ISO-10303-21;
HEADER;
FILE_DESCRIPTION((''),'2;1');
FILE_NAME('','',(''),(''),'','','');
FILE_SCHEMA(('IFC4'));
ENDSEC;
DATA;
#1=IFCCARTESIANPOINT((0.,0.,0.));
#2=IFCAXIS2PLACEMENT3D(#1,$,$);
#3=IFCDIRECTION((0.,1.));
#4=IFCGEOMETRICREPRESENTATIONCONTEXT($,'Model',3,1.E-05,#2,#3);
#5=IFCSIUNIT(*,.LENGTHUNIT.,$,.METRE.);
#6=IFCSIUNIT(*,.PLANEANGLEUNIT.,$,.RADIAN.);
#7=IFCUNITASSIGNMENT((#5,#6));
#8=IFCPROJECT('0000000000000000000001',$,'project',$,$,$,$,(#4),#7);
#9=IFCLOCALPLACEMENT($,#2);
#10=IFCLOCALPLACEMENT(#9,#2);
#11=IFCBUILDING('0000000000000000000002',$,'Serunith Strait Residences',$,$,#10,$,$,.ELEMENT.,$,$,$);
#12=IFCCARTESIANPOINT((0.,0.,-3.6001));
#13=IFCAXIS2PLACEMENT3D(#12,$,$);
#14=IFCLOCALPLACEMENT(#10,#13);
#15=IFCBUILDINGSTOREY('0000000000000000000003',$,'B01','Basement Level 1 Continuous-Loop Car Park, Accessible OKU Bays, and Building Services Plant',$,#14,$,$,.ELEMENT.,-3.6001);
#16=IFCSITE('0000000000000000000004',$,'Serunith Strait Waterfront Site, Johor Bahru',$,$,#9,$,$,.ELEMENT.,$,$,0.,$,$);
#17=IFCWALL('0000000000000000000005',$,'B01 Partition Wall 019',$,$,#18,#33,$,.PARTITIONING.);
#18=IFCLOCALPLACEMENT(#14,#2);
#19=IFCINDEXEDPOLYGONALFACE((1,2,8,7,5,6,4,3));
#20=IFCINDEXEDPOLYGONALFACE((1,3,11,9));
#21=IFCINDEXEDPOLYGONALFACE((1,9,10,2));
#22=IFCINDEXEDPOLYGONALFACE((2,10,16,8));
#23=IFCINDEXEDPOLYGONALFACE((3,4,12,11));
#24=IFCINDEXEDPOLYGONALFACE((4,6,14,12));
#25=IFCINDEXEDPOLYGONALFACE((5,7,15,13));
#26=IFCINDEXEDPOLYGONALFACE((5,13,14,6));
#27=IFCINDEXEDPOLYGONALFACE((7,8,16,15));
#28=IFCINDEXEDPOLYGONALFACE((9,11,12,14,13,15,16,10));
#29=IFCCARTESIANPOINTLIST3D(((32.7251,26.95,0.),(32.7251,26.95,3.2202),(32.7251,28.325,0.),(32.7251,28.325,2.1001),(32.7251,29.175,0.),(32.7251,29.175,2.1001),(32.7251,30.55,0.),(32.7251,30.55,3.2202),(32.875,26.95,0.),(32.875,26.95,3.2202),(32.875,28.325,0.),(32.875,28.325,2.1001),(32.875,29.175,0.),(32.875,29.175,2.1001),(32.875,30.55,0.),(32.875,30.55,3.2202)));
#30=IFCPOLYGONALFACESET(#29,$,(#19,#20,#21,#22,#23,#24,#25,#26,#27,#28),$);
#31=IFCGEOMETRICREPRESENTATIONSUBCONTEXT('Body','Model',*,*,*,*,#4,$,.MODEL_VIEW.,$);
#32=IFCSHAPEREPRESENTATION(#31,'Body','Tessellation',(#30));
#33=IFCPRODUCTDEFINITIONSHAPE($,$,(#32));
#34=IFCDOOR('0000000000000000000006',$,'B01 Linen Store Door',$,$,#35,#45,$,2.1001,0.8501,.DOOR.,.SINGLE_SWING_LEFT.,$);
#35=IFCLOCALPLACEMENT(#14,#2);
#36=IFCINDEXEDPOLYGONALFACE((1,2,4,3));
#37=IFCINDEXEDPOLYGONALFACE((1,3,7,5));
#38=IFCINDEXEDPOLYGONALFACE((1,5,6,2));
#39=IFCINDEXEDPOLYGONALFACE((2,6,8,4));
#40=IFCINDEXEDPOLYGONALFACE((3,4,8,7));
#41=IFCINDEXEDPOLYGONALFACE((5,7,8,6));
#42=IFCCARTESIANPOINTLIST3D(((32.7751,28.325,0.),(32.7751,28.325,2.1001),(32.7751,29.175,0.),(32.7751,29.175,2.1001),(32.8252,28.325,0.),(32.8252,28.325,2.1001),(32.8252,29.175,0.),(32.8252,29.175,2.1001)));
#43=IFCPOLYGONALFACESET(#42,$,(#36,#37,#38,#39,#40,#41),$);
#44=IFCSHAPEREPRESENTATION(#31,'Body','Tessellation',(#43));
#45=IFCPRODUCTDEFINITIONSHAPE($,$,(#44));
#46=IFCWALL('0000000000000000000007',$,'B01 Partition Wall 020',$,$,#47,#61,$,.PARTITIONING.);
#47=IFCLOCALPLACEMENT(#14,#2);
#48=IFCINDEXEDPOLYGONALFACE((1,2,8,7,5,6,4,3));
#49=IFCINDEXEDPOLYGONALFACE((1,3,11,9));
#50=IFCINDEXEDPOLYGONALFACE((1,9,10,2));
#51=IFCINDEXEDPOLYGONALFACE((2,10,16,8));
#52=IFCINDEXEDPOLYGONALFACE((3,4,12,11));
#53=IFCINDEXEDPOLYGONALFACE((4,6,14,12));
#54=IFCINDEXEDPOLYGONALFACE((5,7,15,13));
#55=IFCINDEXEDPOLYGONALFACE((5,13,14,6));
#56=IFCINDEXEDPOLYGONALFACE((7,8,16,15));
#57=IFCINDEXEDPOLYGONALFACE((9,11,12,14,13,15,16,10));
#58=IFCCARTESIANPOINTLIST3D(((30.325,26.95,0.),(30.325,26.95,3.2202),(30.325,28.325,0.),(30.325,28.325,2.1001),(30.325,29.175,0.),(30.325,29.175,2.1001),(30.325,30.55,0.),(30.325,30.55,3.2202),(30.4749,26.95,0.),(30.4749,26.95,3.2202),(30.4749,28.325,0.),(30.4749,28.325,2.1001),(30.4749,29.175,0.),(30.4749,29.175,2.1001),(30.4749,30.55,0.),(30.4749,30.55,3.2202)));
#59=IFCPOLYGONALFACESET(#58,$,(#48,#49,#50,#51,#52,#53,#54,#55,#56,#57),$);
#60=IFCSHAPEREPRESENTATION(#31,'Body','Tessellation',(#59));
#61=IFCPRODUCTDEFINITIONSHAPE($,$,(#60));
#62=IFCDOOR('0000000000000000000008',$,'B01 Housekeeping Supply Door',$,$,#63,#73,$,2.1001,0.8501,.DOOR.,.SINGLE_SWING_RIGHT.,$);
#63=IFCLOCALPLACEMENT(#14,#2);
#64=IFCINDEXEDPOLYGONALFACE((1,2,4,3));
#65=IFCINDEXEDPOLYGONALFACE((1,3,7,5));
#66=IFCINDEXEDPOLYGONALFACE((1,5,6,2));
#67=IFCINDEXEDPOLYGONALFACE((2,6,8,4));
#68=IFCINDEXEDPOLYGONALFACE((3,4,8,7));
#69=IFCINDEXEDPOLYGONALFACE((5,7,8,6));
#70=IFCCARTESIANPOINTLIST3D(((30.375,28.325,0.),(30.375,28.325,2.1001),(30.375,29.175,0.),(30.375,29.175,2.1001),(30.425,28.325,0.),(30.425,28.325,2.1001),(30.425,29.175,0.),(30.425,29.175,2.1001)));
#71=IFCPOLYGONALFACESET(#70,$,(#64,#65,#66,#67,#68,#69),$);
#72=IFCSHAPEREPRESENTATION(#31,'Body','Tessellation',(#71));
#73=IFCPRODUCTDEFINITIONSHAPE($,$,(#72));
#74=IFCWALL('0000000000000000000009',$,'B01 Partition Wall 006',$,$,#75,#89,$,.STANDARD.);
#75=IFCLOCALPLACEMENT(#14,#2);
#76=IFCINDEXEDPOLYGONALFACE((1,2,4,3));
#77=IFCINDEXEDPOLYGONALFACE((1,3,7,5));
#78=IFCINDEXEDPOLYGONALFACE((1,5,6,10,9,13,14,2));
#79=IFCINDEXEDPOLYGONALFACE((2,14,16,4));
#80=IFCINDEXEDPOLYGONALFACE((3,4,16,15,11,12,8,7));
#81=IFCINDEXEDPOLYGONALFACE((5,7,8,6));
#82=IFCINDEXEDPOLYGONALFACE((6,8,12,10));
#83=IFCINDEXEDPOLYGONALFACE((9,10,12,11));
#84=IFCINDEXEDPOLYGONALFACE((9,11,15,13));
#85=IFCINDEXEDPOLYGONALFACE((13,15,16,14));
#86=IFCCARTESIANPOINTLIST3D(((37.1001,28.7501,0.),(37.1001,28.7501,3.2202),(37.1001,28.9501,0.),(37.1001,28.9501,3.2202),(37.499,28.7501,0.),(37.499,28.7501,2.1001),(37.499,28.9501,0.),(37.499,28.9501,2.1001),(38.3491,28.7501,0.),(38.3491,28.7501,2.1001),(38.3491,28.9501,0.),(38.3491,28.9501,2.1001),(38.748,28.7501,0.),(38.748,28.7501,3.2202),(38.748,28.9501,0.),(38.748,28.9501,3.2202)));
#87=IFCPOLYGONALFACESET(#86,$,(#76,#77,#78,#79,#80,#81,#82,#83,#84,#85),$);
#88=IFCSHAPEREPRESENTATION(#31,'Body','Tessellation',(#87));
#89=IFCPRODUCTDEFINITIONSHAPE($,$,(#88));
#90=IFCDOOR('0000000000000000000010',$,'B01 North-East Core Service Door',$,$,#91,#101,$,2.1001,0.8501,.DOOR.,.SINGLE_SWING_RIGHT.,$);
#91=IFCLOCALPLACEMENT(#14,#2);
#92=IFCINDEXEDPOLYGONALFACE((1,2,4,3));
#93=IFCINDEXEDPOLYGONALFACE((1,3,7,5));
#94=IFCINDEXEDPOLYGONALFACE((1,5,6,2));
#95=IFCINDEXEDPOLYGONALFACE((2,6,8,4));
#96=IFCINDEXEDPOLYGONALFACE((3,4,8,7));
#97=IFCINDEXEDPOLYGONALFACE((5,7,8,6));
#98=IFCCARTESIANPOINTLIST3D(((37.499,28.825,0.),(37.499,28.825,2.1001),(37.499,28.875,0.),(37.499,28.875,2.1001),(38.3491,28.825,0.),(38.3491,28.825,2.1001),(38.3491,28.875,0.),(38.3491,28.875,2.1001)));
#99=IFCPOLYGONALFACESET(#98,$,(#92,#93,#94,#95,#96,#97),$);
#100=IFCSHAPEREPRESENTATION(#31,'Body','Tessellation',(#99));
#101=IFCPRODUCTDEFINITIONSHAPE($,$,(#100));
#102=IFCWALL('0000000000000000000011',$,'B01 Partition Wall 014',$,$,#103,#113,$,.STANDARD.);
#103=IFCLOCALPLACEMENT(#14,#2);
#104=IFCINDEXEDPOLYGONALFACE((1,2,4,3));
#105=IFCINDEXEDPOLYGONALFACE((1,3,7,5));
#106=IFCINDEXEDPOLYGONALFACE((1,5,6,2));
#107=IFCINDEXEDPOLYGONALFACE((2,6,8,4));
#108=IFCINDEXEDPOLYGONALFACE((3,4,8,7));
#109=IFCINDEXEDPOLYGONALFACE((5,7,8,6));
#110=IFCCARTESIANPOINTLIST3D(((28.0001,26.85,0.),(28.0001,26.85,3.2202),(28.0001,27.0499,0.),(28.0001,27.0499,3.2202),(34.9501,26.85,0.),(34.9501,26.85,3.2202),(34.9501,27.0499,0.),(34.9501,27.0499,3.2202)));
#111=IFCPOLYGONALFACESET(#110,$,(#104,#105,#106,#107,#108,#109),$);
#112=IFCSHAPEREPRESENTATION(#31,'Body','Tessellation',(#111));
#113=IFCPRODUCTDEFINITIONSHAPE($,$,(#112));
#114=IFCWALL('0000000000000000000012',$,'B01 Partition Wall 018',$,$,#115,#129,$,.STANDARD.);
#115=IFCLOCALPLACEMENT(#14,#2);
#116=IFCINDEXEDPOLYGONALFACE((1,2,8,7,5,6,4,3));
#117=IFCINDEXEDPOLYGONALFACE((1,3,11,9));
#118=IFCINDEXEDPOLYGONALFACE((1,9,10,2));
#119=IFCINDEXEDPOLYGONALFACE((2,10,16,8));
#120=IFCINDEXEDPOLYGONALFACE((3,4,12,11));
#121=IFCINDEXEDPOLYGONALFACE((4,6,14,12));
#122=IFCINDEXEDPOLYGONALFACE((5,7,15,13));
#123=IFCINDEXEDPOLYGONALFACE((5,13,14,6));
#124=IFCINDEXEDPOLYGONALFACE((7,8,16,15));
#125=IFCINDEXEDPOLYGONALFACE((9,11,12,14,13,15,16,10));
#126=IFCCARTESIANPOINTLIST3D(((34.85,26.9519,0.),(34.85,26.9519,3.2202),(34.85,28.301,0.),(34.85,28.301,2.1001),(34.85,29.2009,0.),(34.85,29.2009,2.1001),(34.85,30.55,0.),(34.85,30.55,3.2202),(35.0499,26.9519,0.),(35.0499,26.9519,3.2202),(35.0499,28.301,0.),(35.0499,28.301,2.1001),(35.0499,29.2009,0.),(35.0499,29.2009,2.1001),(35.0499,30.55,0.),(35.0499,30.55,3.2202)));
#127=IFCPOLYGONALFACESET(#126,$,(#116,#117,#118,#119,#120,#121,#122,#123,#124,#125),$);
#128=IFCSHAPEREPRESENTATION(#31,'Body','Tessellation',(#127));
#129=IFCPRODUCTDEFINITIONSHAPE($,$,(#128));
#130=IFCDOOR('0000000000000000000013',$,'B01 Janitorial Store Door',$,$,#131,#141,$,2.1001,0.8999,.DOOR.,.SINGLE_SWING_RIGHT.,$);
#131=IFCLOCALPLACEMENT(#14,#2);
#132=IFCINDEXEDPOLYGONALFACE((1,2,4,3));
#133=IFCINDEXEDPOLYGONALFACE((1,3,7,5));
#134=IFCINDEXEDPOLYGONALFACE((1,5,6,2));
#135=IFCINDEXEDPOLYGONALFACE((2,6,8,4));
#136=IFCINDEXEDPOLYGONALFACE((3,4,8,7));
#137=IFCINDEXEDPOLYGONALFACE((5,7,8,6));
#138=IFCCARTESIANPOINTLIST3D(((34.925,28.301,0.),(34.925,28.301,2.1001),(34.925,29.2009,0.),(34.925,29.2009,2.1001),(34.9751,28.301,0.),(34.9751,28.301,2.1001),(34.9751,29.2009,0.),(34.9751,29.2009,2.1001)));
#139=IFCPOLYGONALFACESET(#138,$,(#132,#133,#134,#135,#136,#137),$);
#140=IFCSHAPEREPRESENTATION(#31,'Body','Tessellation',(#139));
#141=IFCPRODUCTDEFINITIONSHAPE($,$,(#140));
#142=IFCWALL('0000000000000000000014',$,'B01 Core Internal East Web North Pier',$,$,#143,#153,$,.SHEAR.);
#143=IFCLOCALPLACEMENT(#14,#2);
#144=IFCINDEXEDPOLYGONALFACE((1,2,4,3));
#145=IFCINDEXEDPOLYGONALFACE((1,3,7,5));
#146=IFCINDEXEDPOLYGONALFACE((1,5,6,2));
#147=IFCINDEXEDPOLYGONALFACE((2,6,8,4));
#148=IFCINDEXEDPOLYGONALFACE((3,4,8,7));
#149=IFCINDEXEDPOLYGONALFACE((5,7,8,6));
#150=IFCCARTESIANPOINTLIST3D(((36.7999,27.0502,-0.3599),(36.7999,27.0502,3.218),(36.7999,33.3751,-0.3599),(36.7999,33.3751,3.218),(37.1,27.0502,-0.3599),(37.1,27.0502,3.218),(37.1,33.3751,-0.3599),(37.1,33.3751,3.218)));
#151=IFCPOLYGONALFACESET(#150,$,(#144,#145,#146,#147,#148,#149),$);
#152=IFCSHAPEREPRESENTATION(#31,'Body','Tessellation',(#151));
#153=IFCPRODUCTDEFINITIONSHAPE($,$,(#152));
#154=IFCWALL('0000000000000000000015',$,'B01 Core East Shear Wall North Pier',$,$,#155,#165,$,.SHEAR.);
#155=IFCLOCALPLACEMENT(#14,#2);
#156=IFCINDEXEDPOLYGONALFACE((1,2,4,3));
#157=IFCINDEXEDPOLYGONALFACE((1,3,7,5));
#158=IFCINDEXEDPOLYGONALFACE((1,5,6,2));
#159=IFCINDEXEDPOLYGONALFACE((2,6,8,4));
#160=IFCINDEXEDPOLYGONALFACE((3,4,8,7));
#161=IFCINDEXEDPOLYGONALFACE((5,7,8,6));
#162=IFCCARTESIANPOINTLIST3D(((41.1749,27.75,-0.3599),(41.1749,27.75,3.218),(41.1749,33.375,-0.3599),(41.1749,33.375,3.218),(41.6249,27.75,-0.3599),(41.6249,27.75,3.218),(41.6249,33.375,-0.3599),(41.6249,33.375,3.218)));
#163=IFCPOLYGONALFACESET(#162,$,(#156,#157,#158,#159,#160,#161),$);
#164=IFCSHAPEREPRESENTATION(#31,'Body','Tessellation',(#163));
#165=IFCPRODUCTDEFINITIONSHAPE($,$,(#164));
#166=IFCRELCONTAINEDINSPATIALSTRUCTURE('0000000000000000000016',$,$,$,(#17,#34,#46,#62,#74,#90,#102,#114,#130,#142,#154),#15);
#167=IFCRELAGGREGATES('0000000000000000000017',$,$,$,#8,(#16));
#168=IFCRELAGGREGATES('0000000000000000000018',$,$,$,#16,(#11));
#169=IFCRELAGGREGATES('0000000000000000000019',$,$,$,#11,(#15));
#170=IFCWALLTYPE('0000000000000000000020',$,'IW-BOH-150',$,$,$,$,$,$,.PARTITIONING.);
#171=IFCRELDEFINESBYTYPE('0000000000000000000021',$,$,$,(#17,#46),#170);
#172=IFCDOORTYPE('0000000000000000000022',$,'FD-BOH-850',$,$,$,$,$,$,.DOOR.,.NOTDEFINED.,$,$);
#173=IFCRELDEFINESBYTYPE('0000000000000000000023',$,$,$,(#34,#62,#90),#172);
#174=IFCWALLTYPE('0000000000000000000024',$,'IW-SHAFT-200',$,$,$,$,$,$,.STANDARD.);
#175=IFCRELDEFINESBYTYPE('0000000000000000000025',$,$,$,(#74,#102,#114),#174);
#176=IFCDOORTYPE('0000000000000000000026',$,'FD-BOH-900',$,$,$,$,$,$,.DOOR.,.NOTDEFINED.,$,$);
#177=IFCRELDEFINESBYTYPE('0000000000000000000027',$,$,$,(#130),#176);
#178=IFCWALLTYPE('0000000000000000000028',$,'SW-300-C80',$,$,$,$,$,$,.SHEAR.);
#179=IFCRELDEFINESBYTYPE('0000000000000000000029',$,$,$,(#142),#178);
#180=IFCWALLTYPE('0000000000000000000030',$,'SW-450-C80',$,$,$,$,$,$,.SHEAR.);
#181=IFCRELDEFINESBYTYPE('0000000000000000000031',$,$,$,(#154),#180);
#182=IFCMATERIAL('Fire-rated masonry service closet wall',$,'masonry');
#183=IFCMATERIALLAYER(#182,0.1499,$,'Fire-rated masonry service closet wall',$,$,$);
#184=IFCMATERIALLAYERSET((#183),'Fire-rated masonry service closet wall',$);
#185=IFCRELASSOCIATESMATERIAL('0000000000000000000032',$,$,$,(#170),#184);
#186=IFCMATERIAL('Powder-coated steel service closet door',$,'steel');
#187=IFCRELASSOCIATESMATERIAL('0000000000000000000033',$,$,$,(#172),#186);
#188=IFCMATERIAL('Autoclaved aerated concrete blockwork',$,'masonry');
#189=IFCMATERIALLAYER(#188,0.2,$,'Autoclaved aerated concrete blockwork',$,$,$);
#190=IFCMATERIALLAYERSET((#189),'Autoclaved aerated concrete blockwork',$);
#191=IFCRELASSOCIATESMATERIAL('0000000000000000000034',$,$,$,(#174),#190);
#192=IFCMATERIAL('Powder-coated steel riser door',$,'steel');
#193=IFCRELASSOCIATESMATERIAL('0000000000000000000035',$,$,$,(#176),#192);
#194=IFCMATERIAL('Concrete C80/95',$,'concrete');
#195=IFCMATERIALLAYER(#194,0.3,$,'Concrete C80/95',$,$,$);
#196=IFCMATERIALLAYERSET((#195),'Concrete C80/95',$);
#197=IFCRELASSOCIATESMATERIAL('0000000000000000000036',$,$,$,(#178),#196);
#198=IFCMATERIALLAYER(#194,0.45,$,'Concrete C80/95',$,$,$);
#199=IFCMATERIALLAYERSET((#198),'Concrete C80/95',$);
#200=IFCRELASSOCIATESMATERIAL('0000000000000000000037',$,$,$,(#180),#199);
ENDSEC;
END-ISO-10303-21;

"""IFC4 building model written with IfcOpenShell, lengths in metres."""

from ifc_helpers import new_model, si_unit, direction, frame, frame_2d, origin, place, context, subcontext, project, spatial, rectangle, extrude, source, transform, mapped, material, layer, layer_set, type_object, element, fill, save


model = new_model("IFC4")

# Units and contexts
model_context = context("Model", 3, precision=1e-05, world=origin(), true_north=direction((0.0, 1.0)))
body_context = subcontext(model_context, "Body", "Model", "MODEL_VIEW")
ifc_project = project(units=[si_unit("LENGTHUNIT", "METRE"), si_unit("PLANEANGLEUNIT", "RADIAN")], contexts=[model_context])

# Site, building, storey
site_placement = place(None, origin())
site = spatial("IfcSite", under=ifc_project, at=site_placement, Name="Serunith Strait Waterfront Site, Johor Bahru", CompositionType="ELEMENT", RefElevation=0.0)
building_placement = place(site_placement, origin())
building = spatial("IfcBuilding", under=site, at=building_placement, Name="Serunith Strait Residences", CompositionType="ELEMENT")
storey_placement = place(building_placement, frame((0.0, 0.0, -3.6001)))
storey = spatial("IfcBuildingStorey", under=building, at=storey_placement, Name="B01", Description="Basement Level 1 Continuous-Loop Car Park, Accessible OKU Bays, and Building Services Plant", CompositionType="ELEMENT", Elevation=-3.6001)

# Walls, openings, doors
ifc_material_1 = material(Name="Fire-rated masonry service closet wall", Category="masonry")
ifc_layer_1 = layer(ifc_material_1, 0.1499, Name="Fire-rated masonry service closet wall")
ifc_layer_set_1 = layer_set([ifc_layer_1], Name="Fire-rated masonry service closet wall")
wall_type_1 = type_object("IfcWallType", Name="IW-BOH-150", PredefinedType="PARTITIONING", material=ifc_layer_set_1)
wall_1_placement = place(storey_placement, frame((32.8, 26.95, 0.0), z_axis=(0.0, 0.0, 1.0), x_axis=(0.0, 1.0, 0.0)))
wall_1 = element("IfcWall", 1, at=wall_1_placement, inside=storey, type_object=wall_type_1, Name="B01 Partition Wall 019", PredefinedType="PARTITIONING", context=body_context, shape_type="SweptSolid", body=[
    extrude(rectangle(XDim=3.6001, YDim=0.1499, at=frame_2d((1.8, 0.0))), origin(), (0.0, 0.0, 1.0), 3.2202),
])
opening_1_placement = place(wall_1_placement, frame((1.375, 0.0, 0.0)))
opening_1 = element("IfcOpeningElement", 2, at=opening_1_placement, cuts=wall_1, PredefinedType="OPENING", context=body_context, shape_type="SweptSolid", body=[
    extrude(rectangle(XDim=0.8501, YDim=2.1001, at=frame_2d((0.425, 1.05))), frame((0.0, 0.085, 0.0), z_axis=(0.0, -1.0, 0.0), x_axis=(1.0, 0.0, 0.0)), (0.0, 0.0, 1.0), 0.1699),
])
ifc_material_2 = material(Name="Powder-coated steel service closet door", Category="steel")
door_type_1 = type_object("IfcDoorType", Name="FD-BOH-850", OperationType="NOTDEFINED", PredefinedType="DOOR", material=ifc_material_2)
shared_shape_1 = source(origin(), body_context, "Body", "SweptSolid", [
    extrude(rectangle(XDim=0.8501, YDim=2.1001, at=frame_2d((0.425, 1.05))), frame((0.0, 0.0249, 0.0), z_axis=(0.0, -1.0, 0.0), x_axis=(1.0, 0.0, 0.0)), (0.0, 0.0, 1.0), 0.05),
])
door_1_placement = place(opening_1_placement, origin())
door_1 = element("IfcDoor", 3, at=door_1_placement, inside=storey, type_object=door_type_1, Name="B01 Linen Store Door", OperationType="SINGLE_SWING_LEFT", OverallHeight=2.1001, OverallWidth=0.8501, PredefinedType="DOOR", context=body_context, shape_type="MappedRepresentation", body=[
    mapped(shared_shape_1, transform((0.0, 0.0, 0.0), scale=1.0)),
])
fill(opening_1, door_1)
wall_2_placement = place(storey_placement, frame((30.3999, 26.95, 0.0), z_axis=(0.0, 0.0, 1.0), x_axis=(0.0, 1.0, 0.0)))
wall_2 = element("IfcWall", 4, at=wall_2_placement, inside=storey, type_object=wall_type_1, Name="B01 Partition Wall 020", PredefinedType="PARTITIONING", context=body_context, shape_type="SweptSolid", body=[
    extrude(rectangle(XDim=3.6001, YDim=0.1499, at=frame_2d((1.8, 0.0))), origin(), (0.0, 0.0, 1.0), 3.2202),
])
opening_2_placement = place(wall_2_placement, frame((1.375, 0.0, 0.0)))
opening_2 = element("IfcOpeningElement", 5, at=opening_2_placement, cuts=wall_2, PredefinedType="OPENING", context=body_context, shape_type="SweptSolid", body=[
    extrude(rectangle(XDim=0.8501, YDim=2.1001, at=frame_2d((0.425, 1.05))), frame((0.0, 0.085, 0.0), z_axis=(0.0, -1.0, 0.0), x_axis=(1.0, 0.0, 0.0)), (0.0, 0.0, 1.0), 0.1699),
])
door_2_placement = place(opening_2_placement, origin())
door_2 = element("IfcDoor", 6, at=door_2_placement, inside=storey, type_object=door_type_1, Name="B01 Housekeeping Supply Door", OperationType="SINGLE_SWING_RIGHT", OverallHeight=2.1001, OverallWidth=0.8501, PredefinedType="DOOR", context=body_context, shape_type="MappedRepresentation", body=[
    mapped(shared_shape_1, transform((0.0, 0.0, 0.0), scale=1.0)),
])
fill(opening_2, door_2)
ifc_material_3 = material(Name="Autoclaved aerated concrete blockwork", Category="masonry")
ifc_layer_2 = layer(ifc_material_3, 0.2, Name="Autoclaved aerated concrete blockwork")
ifc_layer_set_2 = layer_set([ifc_layer_2], Name="Autoclaved aerated concrete blockwork")
wall_type_2 = type_object("IfcWallType", Name="IW-SHAFT-200", PredefinedType="STANDARD", material=ifc_layer_set_2)
wall_3_placement = place(storey_placement, frame((37.1001, 28.8501, 0.0), z_axis=(0.0, 0.0, 1.0), x_axis=(1.0, 0.0, 0.0)))
wall_3 = element("IfcWall", 7, at=wall_3_placement, inside=storey, type_object=wall_type_2, Name="B01 Partition Wall 006", PredefinedType="STANDARD", context=body_context, shape_type="SweptSolid", body=[
    extrude(rectangle(XDim=1.6479, YDim=0.2, at=frame_2d((0.824, 0.0))), origin(), (0.0, 0.0, 1.0), 3.2202),
])
opening_3_placement = place(wall_3_placement, frame((0.3989, 0.0, 0.0)))
opening_3 = element("IfcOpeningElement", 8, at=opening_3_placement, cuts=wall_3, PredefinedType="OPENING", context=body_context, shape_type="SweptSolid", body=[
    extrude(rectangle(XDim=0.8501, YDim=2.1001, at=frame_2d((0.425, 1.05))), frame((0.0, 0.1099, 0.0), z_axis=(0.0, -1.0, 0.0), x_axis=(1.0, 0.0, 0.0)), (0.0, 0.0, 1.0), 0.22),
])
door_3_placement = place(opening_3_placement, origin())
door_3 = element("IfcDoor", 9, at=door_3_placement, inside=storey, type_object=door_type_1, Name="B01 North-East Core Service Door", OperationType="SINGLE_SWING_RIGHT", OverallHeight=2.1001, OverallWidth=0.8501, PredefinedType="DOOR", context=body_context, shape_type="MappedRepresentation", body=[
    mapped(shared_shape_1, transform((0.0, 0.0, 0.0), scale=1.0)),
])
fill(opening_3, door_3)

# Wall
wall_4_placement = place(storey_placement, frame((28.0, 26.95, 0.0), z_axis=(0.0, 0.0, 1.0), x_axis=(1.0, 0.0, 0.0)))
element("IfcWall", 10, at=wall_4_placement, inside=storey, type_object=wall_type_2, Name="B01 Partition Wall 014", PredefinedType="STANDARD", context=body_context, shape_type="SweptSolid", body=[
    extrude(rectangle(XDim=6.95, YDim=0.2, at=frame_2d((3.4751, 0.0))), origin(), (0.0, 0.0, 1.0), 3.2202),
])

# Wall, opening, door
wall_5_placement = place(storey_placement, frame((34.95, 26.9519, 0.0), z_axis=(0.0, 0.0, 1.0), x_axis=(0.0, 1.0, 0.0)))
wall_5 = element("IfcWall", 11, at=wall_5_placement, inside=storey, type_object=wall_type_2, Name="B01 Partition Wall 018", PredefinedType="STANDARD", context=body_context, shape_type="SweptSolid", body=[
    extrude(rectangle(XDim=3.5981, YDim=0.2, at=frame_2d((1.7991, 0.0))), origin(), (0.0, 0.0, 1.0), 3.2202),
])
opening_4_placement = place(wall_5_placement, frame((1.3491, 0.0, 0.0)))
opening_4 = element("IfcOpeningElement", 12, at=opening_4_placement, cuts=wall_5, PredefinedType="OPENING", context=body_context, shape_type="SweptSolid", body=[
    extrude(rectangle(XDim=0.8999, YDim=2.1001, at=frame_2d((0.45, 1.05))), frame((0.0, 0.1099, 0.0), z_axis=(0.0, -1.0, 0.0), x_axis=(1.0, 0.0, 0.0)), (0.0, 0.0, 1.0), 0.22),
])
ifc_material_4 = material(Name="Powder-coated steel riser door", Category="steel")
door_type_2 = type_object("IfcDoorType", Name="FD-BOH-900", OperationType="NOTDEFINED", PredefinedType="DOOR", material=ifc_material_4)
shared_shape_2 = source(origin(), body_context, "Body", "SweptSolid", [
    extrude(rectangle(XDim=0.8999, YDim=2.1001, at=frame_2d((0.45, 1.05))), frame((0.0, 0.0249, 0.0), z_axis=(0.0, -1.0, 0.0), x_axis=(1.0, 0.0, 0.0)), (0.0, 0.0, 1.0), 0.05),
])
door_4_placement = place(opening_4_placement, origin())
door_4 = element("IfcDoor", 13, at=door_4_placement, inside=storey, type_object=door_type_2, Name="B01 Janitorial Store Door", OperationType="SINGLE_SWING_RIGHT", OverallHeight=2.1001, OverallWidth=0.8999, PredefinedType="DOOR", context=body_context, shape_type="MappedRepresentation", body=[
    mapped(shared_shape_2, transform((0.0, 0.0, 0.0), scale=1.0)),
])
fill(opening_4, door_4)

# Walls
ifc_material_5 = material(Name="Concrete C80/95", Category="concrete")
ifc_layer_3 = layer(ifc_material_5, 0.3, Name="Concrete C80/95")
ifc_layer_set_3 = layer_set([ifc_layer_3], Name="Concrete C80/95")
wall_type_3 = type_object("IfcWallType", Name="SW-300-C80", PredefinedType="SHEAR", material=ifc_layer_set_3)
wall_6_placement = place(storey_placement, frame((36.95, 27.05, -0.3599), z_axis=(0.0, 0.0, 1.0), x_axis=(0.0, 1.0, 0.0)))
element("IfcWall", 14, at=wall_6_placement, inside=storey, type_object=wall_type_3, Name="B01 Core Internal East Web North Pier", PredefinedType="SHEAR", context=body_context, shape_type="SweptSolid", body=[
    extrude(rectangle(XDim=6.325, YDim=0.3, at=frame_2d((3.1626, 0.0))), origin(), (0.0, 0.0, 1.0), 3.5779),
])
ifc_layer_4 = layer(ifc_material_5, 0.45, Name="Concrete C80/95")
ifc_layer_set_4 = layer_set([ifc_layer_4], Name="Concrete C80/95")
wall_type_4 = type_object("IfcWallType", Name="SW-450-C80", PredefinedType="SHEAR", material=ifc_layer_set_4)
wall_7_placement = place(storey_placement, frame((41.3999, 27.75, -0.3599), z_axis=(0.0, 0.0, 1.0), x_axis=(0.0, 1.0, 0.0)))
element("IfcWall", 15, at=wall_7_placement, inside=storey, type_object=wall_type_4, Name="B01 Core East Shear Wall North Pier", PredefinedType="SHEAR", context=body_context, shape_type="SweptSolid", body=[
    extrude(rectangle(XDim=5.625, YDim=0.45, at=frame_2d((2.8125, 0.0))), origin(), (0.0, 0.0, 1.0), 3.5779),
])

save(model, "model.ifc")
